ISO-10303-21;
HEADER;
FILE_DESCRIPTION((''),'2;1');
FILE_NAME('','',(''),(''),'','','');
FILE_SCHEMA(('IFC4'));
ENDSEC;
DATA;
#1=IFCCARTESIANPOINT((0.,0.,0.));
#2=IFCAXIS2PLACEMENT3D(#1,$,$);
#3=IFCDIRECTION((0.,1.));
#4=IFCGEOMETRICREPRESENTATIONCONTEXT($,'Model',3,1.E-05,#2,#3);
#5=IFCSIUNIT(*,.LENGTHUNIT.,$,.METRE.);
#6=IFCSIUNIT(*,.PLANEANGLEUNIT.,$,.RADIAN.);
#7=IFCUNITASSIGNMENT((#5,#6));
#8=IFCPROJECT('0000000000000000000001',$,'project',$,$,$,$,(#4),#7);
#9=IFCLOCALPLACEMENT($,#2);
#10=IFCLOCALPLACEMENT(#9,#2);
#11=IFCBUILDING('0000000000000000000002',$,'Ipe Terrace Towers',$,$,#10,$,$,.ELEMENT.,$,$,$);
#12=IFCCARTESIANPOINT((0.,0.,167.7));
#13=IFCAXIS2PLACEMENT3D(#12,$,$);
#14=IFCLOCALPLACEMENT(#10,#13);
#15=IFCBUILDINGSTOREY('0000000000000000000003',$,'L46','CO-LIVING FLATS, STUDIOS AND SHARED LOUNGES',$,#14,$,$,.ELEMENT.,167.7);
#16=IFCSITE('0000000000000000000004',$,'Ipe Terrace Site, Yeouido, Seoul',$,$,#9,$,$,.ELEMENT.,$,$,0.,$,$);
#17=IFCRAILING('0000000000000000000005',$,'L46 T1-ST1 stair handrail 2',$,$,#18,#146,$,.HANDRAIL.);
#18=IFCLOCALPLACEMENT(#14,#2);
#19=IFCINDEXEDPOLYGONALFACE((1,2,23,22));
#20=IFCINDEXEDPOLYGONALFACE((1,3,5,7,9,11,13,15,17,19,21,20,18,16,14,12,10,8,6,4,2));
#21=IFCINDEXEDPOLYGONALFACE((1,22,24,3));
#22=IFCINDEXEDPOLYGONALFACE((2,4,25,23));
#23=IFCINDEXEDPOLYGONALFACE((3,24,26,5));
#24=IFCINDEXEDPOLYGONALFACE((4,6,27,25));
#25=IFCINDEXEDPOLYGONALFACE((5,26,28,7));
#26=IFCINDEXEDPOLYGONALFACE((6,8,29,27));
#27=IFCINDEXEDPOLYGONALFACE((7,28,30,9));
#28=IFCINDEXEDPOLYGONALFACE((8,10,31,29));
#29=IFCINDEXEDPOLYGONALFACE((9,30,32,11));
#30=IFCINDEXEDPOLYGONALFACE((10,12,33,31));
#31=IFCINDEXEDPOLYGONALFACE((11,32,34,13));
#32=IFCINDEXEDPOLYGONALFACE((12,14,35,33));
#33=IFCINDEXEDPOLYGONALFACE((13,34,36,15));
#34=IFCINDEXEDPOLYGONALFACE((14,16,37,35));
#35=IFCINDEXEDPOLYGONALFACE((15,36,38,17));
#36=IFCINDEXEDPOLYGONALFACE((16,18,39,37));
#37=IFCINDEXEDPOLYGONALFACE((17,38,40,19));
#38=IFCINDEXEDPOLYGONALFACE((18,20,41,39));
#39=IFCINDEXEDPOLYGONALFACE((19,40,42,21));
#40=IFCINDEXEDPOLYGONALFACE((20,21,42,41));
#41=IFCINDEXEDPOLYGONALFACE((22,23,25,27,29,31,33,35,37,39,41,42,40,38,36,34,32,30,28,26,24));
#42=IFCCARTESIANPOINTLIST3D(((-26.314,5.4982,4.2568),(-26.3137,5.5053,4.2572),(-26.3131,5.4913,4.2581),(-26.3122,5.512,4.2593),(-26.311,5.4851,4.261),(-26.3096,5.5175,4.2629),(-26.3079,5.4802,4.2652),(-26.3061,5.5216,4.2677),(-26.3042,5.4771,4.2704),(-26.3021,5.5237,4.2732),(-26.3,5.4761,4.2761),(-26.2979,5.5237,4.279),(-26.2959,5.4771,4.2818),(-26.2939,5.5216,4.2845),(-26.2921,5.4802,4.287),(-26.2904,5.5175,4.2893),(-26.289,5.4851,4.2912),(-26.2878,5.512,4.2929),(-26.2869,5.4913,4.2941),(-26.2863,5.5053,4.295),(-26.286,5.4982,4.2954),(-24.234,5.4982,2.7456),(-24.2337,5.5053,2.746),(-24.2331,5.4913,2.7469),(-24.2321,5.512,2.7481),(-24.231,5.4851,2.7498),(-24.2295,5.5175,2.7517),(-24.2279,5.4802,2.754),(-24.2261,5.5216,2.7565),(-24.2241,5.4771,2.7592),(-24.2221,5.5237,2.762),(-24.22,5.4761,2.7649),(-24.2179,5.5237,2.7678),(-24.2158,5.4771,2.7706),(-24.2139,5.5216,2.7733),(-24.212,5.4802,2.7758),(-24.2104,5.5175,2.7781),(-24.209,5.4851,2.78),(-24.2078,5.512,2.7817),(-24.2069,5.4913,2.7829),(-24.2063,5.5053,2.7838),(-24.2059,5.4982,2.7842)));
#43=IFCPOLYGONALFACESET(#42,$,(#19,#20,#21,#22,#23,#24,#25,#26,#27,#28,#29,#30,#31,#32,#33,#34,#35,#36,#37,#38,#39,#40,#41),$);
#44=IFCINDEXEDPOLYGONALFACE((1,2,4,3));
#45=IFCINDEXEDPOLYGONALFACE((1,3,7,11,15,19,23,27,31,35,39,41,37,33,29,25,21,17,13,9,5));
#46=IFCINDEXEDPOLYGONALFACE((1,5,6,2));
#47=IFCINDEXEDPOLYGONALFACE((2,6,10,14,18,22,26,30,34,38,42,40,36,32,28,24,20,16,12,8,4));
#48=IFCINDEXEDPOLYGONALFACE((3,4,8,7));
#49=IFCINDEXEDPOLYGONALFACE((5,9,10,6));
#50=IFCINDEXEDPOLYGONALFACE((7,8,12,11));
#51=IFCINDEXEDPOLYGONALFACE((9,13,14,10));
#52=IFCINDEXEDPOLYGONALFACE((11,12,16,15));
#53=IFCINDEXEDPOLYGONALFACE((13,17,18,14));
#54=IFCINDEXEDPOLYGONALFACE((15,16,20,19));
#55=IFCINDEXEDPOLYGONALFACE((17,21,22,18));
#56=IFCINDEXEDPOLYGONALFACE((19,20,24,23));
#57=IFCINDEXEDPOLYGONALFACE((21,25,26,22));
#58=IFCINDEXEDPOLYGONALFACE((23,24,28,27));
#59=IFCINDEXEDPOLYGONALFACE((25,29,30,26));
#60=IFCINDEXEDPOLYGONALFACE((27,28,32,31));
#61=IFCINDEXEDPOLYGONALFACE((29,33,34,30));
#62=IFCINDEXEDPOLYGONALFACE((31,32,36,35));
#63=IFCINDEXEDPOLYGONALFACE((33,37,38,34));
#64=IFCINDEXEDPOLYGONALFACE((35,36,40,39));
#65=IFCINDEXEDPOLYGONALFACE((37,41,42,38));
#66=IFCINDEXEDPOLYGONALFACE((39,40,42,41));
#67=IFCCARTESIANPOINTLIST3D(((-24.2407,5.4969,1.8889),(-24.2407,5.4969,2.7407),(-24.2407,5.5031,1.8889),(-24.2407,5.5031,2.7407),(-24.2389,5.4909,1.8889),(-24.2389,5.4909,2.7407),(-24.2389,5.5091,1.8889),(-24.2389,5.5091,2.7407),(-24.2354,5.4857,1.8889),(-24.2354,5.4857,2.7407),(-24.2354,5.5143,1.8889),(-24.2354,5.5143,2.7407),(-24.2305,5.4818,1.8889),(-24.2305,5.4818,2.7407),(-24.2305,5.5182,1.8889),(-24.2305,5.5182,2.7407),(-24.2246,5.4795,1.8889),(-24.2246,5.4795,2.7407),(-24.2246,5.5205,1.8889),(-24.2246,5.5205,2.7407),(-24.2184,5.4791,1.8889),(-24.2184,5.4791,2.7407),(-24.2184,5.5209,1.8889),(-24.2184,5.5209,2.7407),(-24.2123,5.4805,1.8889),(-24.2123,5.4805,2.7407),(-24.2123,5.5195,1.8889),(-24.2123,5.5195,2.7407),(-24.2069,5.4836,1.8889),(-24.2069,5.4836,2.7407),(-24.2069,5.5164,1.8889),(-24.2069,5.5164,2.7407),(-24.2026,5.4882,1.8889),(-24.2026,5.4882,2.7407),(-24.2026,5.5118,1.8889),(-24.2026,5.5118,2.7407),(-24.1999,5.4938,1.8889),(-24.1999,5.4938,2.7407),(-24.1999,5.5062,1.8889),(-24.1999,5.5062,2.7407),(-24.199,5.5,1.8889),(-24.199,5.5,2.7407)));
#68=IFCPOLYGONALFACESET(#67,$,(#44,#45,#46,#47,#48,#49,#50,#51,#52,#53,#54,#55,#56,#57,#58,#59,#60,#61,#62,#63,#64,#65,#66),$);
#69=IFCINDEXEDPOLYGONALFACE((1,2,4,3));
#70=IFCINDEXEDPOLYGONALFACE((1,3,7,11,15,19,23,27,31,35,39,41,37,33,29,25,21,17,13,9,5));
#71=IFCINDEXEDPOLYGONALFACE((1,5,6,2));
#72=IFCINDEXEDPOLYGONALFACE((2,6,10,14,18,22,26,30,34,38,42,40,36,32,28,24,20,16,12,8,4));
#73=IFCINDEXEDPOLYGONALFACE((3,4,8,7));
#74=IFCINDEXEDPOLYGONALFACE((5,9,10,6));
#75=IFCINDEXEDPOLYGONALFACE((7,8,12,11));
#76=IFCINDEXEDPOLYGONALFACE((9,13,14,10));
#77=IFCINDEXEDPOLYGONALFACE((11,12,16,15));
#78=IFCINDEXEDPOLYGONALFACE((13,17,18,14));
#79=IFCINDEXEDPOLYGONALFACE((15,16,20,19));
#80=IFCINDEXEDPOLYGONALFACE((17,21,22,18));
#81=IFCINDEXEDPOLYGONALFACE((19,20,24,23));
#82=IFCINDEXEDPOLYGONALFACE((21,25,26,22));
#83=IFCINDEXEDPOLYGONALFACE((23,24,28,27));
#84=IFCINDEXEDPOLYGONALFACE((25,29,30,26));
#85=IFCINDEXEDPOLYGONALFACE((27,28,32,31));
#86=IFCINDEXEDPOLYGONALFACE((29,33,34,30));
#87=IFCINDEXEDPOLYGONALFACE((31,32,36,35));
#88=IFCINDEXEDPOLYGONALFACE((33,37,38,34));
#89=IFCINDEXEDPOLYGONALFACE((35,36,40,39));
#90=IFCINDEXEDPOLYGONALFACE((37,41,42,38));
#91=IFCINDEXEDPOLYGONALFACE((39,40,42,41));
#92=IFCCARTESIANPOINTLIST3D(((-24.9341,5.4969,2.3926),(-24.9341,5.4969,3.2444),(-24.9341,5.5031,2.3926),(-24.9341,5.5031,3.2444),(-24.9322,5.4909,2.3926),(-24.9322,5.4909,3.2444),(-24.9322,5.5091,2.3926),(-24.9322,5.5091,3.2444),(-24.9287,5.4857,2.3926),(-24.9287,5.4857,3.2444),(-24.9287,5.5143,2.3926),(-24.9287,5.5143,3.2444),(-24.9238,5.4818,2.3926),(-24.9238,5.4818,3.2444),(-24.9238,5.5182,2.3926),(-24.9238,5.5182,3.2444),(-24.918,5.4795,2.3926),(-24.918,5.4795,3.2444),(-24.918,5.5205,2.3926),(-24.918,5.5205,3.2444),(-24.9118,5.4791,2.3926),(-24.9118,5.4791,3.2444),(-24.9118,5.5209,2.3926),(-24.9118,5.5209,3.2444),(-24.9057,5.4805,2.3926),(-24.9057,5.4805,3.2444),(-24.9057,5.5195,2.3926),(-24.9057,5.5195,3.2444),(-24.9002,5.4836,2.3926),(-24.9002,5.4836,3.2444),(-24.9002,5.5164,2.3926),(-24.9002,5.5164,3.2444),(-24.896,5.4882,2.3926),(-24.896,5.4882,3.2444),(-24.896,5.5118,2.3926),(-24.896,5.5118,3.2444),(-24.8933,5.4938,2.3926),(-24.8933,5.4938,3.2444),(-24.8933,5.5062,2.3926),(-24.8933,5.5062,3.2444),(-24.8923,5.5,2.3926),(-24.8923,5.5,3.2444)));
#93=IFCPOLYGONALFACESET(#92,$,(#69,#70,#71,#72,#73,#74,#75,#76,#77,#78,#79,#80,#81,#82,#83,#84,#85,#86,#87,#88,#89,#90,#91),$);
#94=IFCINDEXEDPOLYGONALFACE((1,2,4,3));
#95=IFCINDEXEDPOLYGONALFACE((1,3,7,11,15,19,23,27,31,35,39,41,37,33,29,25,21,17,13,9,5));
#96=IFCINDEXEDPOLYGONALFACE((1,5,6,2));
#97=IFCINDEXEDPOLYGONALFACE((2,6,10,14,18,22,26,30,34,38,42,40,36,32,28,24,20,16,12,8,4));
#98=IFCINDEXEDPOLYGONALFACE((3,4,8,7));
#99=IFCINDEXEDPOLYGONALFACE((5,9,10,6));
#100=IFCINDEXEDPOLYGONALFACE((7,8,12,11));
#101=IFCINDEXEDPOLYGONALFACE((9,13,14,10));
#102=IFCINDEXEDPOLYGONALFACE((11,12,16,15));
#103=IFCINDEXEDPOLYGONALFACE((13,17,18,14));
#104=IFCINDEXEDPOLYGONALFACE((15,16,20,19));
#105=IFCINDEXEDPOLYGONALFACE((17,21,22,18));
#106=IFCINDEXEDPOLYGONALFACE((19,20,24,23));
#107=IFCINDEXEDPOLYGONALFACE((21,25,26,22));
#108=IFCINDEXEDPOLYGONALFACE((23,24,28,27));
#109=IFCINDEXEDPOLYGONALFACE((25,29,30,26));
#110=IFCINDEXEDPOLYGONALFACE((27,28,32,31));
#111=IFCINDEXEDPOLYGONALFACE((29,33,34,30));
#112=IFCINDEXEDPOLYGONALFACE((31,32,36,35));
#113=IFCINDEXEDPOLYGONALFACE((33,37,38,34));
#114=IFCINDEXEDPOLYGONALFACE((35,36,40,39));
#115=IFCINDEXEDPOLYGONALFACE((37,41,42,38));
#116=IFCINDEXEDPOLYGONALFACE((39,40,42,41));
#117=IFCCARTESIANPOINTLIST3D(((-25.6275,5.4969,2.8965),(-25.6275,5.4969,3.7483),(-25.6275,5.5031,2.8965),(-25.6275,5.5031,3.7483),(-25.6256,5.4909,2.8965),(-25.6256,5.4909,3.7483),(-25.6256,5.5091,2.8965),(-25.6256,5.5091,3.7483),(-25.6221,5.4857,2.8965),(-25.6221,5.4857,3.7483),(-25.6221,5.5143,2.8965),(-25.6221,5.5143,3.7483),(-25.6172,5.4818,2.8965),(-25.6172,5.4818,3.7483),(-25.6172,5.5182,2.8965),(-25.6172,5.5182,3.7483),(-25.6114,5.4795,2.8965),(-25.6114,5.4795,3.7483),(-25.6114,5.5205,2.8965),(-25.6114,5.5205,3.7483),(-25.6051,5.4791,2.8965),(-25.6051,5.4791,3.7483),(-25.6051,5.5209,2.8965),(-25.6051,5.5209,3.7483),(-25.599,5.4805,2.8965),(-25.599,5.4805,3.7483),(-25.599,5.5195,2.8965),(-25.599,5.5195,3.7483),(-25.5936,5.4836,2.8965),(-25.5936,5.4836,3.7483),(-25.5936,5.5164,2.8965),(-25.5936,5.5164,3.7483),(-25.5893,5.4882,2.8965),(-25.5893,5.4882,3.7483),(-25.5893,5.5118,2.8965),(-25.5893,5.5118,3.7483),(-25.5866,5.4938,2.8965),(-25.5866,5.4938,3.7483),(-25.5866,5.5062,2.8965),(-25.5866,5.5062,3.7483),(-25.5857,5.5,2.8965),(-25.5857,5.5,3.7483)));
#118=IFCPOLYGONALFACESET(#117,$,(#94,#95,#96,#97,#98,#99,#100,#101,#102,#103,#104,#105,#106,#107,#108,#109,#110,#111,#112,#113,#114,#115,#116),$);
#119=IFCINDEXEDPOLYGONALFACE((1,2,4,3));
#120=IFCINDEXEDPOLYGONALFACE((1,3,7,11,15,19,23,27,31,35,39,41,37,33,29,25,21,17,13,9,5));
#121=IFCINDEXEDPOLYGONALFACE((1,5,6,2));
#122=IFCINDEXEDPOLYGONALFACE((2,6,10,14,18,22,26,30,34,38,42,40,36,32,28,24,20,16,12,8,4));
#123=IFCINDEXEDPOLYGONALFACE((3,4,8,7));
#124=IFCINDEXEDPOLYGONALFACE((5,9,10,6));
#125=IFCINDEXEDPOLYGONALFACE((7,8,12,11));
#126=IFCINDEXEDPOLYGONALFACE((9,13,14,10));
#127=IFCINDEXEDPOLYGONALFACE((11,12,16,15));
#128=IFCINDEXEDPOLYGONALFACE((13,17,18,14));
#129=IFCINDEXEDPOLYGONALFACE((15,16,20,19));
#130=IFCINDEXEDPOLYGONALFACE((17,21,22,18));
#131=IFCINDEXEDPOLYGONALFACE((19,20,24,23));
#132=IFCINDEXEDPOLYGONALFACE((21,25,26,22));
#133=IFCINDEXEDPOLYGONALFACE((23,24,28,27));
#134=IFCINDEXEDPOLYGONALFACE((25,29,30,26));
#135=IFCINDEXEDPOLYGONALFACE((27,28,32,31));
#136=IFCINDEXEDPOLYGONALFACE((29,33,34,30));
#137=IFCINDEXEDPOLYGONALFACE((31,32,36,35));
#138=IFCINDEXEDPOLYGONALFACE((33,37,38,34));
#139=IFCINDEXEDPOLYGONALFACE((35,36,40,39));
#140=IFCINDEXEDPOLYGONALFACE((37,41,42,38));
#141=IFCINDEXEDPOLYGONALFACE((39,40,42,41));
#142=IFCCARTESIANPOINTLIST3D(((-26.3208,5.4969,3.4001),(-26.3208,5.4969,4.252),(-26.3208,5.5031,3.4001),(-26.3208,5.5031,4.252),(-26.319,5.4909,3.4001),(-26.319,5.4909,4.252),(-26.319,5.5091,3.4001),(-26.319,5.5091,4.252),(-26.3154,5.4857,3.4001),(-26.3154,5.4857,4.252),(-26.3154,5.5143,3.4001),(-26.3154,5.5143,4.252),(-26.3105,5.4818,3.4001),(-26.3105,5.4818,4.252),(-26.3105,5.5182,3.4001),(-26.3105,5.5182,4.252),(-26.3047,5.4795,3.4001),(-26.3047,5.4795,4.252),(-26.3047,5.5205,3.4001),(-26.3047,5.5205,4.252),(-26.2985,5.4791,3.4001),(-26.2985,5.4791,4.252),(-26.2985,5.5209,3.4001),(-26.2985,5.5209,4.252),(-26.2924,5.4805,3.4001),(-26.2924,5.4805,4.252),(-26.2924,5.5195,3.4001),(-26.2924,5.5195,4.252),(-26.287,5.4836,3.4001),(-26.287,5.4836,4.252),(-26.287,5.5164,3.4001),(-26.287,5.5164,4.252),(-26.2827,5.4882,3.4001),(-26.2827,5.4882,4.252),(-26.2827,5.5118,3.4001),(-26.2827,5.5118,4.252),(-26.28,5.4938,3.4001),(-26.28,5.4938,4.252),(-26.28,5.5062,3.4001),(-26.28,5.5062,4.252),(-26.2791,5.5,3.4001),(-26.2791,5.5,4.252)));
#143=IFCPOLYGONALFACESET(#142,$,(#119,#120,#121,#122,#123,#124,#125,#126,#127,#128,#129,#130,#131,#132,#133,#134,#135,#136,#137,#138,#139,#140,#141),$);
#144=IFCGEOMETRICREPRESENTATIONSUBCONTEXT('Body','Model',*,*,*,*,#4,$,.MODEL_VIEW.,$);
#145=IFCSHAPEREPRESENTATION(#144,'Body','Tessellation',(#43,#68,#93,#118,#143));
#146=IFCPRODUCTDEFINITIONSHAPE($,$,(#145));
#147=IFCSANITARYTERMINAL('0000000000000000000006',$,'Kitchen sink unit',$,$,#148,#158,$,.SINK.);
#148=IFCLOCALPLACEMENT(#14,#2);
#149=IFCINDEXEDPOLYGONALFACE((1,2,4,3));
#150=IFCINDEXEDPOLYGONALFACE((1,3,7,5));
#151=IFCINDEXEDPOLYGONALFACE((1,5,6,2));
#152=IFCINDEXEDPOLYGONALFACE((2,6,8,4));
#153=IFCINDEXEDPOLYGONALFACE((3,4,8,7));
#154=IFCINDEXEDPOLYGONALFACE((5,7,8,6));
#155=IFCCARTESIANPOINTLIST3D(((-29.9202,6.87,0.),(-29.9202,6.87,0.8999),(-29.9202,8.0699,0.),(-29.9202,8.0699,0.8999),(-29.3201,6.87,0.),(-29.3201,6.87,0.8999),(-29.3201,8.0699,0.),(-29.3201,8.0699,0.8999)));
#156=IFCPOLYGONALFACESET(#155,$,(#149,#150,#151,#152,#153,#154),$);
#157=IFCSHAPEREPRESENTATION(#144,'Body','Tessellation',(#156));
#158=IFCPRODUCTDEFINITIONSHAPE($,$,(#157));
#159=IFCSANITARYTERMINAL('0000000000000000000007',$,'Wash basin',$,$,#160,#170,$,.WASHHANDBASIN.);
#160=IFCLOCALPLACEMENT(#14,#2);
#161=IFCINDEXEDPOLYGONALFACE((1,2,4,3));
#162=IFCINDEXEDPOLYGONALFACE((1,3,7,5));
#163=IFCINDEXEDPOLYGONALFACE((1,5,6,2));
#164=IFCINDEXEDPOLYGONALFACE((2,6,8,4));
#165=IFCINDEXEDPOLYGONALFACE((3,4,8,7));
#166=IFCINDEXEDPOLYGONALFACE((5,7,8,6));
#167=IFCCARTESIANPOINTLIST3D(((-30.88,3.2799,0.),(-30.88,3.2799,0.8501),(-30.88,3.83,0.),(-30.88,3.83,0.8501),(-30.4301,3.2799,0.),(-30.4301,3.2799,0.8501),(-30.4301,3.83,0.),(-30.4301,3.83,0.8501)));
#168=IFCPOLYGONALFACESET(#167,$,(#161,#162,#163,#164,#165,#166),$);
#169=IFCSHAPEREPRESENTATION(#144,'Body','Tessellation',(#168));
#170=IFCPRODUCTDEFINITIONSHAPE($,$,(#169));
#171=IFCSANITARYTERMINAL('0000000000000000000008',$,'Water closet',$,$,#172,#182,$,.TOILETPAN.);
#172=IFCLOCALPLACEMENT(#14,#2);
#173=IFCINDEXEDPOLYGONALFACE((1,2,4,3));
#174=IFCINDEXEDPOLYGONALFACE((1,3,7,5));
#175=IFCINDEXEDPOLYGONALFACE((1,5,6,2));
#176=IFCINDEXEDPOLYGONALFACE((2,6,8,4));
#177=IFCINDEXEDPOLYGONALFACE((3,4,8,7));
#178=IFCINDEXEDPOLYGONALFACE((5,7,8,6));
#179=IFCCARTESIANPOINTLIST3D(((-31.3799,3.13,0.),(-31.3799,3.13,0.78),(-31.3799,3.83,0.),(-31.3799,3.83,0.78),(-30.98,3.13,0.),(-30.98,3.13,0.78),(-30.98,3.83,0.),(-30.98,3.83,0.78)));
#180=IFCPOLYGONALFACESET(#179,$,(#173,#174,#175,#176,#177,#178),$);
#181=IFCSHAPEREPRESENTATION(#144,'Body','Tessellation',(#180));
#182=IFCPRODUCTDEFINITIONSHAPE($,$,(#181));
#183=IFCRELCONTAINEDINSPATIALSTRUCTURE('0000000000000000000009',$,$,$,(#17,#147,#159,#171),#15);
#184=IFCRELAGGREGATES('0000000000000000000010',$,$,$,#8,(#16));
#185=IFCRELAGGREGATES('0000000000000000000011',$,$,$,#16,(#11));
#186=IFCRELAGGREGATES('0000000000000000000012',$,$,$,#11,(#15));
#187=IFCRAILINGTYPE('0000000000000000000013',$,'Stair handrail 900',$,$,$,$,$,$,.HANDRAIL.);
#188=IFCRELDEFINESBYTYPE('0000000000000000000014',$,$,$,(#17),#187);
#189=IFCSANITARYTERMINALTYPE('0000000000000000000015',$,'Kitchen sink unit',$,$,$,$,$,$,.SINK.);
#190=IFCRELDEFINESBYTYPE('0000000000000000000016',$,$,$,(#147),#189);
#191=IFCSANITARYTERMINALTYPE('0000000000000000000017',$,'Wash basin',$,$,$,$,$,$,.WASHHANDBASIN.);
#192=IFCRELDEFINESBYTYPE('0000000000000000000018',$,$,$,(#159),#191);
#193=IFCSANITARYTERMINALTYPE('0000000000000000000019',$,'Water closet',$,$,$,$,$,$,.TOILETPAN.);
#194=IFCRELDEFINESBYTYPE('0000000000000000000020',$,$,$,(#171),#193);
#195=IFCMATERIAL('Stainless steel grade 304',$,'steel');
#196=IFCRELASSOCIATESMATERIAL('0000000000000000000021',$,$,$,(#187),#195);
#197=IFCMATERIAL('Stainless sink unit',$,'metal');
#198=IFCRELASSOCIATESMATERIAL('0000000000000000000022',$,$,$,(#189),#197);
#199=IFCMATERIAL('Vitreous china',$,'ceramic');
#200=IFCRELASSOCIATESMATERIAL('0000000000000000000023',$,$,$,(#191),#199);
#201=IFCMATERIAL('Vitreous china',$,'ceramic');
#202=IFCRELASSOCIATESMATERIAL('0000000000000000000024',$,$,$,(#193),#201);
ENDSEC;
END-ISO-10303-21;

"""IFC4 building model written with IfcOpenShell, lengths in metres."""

from ifc_helpers import new_model, si_unit, direction, frame, origin, origin_2d, place, context, subcontext, project, spatial, rectangle, circle, extrude, material, type_object, element, save


model = new_model("IFC4")

# Units and contexts
model_context = context("Model", 3, precision=1e-05, world=origin(), true_north=direction((0.0, 1.0)))
body_context = subcontext(model_context, "Body", "Model", "MODEL_VIEW")
ifc_project = project(units=[si_unit("LENGTHUNIT", "METRE"), si_unit("PLANEANGLEUNIT", "RADIAN")], contexts=[model_context])

# Site, building, storey
site_placement = place(None, origin())
site = spatial("IfcSite", under=ifc_project, at=site_placement, Name="Ipe Terrace Site, Yeouido, Seoul", CompositionType="ELEMENT", RefElevation=0.0)
building_placement = place(site_placement, origin())
building = spatial("IfcBuilding", under=site, at=building_placement, Name="Ipe Terrace Towers", CompositionType="ELEMENT")
storey_placement = place(building_placement, frame((0.0, 0.0, 167.7)))
storey = spatial("IfcBuildingStorey", under=building, at=storey_placement, Name="L46", Description="CO-LIVING FLATS, STUDIOS AND SHARED LOUNGES", CompositionType="ELEMENT", Elevation=167.7)

# Railing
ifc_material_1 = material(Name="Stainless steel grade 304", Category="steel")
railing_type_1 = type_object("IfcRailingType", Name="Stair handrail 900", PredefinedType="HANDRAIL", material=ifc_material_1)
railing_1_placement = place(storey_placement, frame((-24.22, 5.5, 1.8889)))
element("IfcRailing", 1, at=railing_1_placement, inside=storey, type_object=railing_type_1, Name="L46 T1-ST1 stair handrail 2", PredefinedType="HANDRAIL", context=body_context, shape_type="SweptSolid", body=[
    extrude(circle(Radius=0.0239, at=origin_2d()), frame((0.0, 0.0, 0.876), z_axis=(-0.809023, 0.0, 0.587776), x_axis=(0.0, -1.0, 0.0)), (0.0, 0.0, 1.0), 2.571),
    extrude(circle(Radius=0.021, at=origin_2d()), origin(), (0.0, 0.0, 1.0), 0.8518),
    extrude(circle(Radius=0.021, at=origin_2d()), frame((-0.6934, 0.0, 0.5037)), (0.0, 0.0, 1.0), 0.8518),
    extrude(circle(Radius=0.021, at=origin_2d()), frame((-1.3867, 0.0, 1.0076)), (0.0, 0.0, 1.0), 0.8518),
    extrude(circle(Radius=0.021, at=origin_2d()), frame((-2.0801, 0.0, 1.5112)), (0.0, 0.0, 1.0), 0.8518),
])

# Sanitary terminals
ifc_material_2 = material(Name="Stainless sink unit", Category="metal")
sanitary_terminal_type_1 = type_object("IfcSanitaryTerminalType", Name="Kitchen sink unit", PredefinedType="SINK", material=ifc_material_2)
sanitary_terminal_1_placement = place(storey_placement, frame((-29.6201, 7.47, 0.0), z_axis=(0.0, 0.0, 1.0), x_axis=(0.0, -1.0, 0.0)))
element("IfcSanitaryTerminal", 2, at=sanitary_terminal_1_placement, inside=storey, type_object=sanitary_terminal_type_1, Name="Kitchen sink unit", PredefinedType="SINK", context=body_context, shape_type="SweptSolid", body=[
    extrude(rectangle(XDim=1.2, YDim=0.6001, at=origin_2d()), origin(), (0.0, 0.0, 1.0), 0.8999),
])
ifc_material_3 = material(Name="Vitreous china", Category="ceramic")
sanitary_terminal_type_2 = type_object("IfcSanitaryTerminalType", Name="Wash basin", PredefinedType="WASHHANDBASIN", material=ifc_material_3)
sanitary_terminal_2_placement = place(storey_placement, frame((-30.655, 3.5549, 0.0), z_axis=(0.0, 0.0, 1.0), x_axis=(0.0, -1.0, 0.0)))
element("IfcSanitaryTerminal", 3, at=sanitary_terminal_2_placement, inside=storey, type_object=sanitary_terminal_type_2, Name="Wash basin", PredefinedType="WASHHANDBASIN", context=body_context, shape_type="SweptSolid", body=[
    extrude(rectangle(XDim=0.55, YDim=0.45, at=origin_2d()), origin(), (0.0, 0.0, 1.0), 0.8501),
])
ifc_material_4 = material(Name="Vitreous china", Category="ceramic")
sanitary_terminal_type_3 = type_object("IfcSanitaryTerminalType", Name="Water closet", PredefinedType="TOILETPAN", material=ifc_material_4)
sanitary_terminal_3_placement = place(storey_placement, frame((-31.1799, 3.48, 0.0), z_axis=(0.0, 0.0, 1.0), x_axis=(0.0, -1.0, 0.0)))
element("IfcSanitaryTerminal", 4, at=sanitary_terminal_3_placement, inside=storey, type_object=sanitary_terminal_type_3, Name="Water closet", PredefinedType="TOILETPAN", context=body_context, shape_type="SweptSolid", body=[
    extrude(rectangle(XDim=0.7, YDim=0.3999, at=origin_2d()), origin(), (0.0, 0.0, 1.0), 0.78),
])

save(model, "model.ifc")
